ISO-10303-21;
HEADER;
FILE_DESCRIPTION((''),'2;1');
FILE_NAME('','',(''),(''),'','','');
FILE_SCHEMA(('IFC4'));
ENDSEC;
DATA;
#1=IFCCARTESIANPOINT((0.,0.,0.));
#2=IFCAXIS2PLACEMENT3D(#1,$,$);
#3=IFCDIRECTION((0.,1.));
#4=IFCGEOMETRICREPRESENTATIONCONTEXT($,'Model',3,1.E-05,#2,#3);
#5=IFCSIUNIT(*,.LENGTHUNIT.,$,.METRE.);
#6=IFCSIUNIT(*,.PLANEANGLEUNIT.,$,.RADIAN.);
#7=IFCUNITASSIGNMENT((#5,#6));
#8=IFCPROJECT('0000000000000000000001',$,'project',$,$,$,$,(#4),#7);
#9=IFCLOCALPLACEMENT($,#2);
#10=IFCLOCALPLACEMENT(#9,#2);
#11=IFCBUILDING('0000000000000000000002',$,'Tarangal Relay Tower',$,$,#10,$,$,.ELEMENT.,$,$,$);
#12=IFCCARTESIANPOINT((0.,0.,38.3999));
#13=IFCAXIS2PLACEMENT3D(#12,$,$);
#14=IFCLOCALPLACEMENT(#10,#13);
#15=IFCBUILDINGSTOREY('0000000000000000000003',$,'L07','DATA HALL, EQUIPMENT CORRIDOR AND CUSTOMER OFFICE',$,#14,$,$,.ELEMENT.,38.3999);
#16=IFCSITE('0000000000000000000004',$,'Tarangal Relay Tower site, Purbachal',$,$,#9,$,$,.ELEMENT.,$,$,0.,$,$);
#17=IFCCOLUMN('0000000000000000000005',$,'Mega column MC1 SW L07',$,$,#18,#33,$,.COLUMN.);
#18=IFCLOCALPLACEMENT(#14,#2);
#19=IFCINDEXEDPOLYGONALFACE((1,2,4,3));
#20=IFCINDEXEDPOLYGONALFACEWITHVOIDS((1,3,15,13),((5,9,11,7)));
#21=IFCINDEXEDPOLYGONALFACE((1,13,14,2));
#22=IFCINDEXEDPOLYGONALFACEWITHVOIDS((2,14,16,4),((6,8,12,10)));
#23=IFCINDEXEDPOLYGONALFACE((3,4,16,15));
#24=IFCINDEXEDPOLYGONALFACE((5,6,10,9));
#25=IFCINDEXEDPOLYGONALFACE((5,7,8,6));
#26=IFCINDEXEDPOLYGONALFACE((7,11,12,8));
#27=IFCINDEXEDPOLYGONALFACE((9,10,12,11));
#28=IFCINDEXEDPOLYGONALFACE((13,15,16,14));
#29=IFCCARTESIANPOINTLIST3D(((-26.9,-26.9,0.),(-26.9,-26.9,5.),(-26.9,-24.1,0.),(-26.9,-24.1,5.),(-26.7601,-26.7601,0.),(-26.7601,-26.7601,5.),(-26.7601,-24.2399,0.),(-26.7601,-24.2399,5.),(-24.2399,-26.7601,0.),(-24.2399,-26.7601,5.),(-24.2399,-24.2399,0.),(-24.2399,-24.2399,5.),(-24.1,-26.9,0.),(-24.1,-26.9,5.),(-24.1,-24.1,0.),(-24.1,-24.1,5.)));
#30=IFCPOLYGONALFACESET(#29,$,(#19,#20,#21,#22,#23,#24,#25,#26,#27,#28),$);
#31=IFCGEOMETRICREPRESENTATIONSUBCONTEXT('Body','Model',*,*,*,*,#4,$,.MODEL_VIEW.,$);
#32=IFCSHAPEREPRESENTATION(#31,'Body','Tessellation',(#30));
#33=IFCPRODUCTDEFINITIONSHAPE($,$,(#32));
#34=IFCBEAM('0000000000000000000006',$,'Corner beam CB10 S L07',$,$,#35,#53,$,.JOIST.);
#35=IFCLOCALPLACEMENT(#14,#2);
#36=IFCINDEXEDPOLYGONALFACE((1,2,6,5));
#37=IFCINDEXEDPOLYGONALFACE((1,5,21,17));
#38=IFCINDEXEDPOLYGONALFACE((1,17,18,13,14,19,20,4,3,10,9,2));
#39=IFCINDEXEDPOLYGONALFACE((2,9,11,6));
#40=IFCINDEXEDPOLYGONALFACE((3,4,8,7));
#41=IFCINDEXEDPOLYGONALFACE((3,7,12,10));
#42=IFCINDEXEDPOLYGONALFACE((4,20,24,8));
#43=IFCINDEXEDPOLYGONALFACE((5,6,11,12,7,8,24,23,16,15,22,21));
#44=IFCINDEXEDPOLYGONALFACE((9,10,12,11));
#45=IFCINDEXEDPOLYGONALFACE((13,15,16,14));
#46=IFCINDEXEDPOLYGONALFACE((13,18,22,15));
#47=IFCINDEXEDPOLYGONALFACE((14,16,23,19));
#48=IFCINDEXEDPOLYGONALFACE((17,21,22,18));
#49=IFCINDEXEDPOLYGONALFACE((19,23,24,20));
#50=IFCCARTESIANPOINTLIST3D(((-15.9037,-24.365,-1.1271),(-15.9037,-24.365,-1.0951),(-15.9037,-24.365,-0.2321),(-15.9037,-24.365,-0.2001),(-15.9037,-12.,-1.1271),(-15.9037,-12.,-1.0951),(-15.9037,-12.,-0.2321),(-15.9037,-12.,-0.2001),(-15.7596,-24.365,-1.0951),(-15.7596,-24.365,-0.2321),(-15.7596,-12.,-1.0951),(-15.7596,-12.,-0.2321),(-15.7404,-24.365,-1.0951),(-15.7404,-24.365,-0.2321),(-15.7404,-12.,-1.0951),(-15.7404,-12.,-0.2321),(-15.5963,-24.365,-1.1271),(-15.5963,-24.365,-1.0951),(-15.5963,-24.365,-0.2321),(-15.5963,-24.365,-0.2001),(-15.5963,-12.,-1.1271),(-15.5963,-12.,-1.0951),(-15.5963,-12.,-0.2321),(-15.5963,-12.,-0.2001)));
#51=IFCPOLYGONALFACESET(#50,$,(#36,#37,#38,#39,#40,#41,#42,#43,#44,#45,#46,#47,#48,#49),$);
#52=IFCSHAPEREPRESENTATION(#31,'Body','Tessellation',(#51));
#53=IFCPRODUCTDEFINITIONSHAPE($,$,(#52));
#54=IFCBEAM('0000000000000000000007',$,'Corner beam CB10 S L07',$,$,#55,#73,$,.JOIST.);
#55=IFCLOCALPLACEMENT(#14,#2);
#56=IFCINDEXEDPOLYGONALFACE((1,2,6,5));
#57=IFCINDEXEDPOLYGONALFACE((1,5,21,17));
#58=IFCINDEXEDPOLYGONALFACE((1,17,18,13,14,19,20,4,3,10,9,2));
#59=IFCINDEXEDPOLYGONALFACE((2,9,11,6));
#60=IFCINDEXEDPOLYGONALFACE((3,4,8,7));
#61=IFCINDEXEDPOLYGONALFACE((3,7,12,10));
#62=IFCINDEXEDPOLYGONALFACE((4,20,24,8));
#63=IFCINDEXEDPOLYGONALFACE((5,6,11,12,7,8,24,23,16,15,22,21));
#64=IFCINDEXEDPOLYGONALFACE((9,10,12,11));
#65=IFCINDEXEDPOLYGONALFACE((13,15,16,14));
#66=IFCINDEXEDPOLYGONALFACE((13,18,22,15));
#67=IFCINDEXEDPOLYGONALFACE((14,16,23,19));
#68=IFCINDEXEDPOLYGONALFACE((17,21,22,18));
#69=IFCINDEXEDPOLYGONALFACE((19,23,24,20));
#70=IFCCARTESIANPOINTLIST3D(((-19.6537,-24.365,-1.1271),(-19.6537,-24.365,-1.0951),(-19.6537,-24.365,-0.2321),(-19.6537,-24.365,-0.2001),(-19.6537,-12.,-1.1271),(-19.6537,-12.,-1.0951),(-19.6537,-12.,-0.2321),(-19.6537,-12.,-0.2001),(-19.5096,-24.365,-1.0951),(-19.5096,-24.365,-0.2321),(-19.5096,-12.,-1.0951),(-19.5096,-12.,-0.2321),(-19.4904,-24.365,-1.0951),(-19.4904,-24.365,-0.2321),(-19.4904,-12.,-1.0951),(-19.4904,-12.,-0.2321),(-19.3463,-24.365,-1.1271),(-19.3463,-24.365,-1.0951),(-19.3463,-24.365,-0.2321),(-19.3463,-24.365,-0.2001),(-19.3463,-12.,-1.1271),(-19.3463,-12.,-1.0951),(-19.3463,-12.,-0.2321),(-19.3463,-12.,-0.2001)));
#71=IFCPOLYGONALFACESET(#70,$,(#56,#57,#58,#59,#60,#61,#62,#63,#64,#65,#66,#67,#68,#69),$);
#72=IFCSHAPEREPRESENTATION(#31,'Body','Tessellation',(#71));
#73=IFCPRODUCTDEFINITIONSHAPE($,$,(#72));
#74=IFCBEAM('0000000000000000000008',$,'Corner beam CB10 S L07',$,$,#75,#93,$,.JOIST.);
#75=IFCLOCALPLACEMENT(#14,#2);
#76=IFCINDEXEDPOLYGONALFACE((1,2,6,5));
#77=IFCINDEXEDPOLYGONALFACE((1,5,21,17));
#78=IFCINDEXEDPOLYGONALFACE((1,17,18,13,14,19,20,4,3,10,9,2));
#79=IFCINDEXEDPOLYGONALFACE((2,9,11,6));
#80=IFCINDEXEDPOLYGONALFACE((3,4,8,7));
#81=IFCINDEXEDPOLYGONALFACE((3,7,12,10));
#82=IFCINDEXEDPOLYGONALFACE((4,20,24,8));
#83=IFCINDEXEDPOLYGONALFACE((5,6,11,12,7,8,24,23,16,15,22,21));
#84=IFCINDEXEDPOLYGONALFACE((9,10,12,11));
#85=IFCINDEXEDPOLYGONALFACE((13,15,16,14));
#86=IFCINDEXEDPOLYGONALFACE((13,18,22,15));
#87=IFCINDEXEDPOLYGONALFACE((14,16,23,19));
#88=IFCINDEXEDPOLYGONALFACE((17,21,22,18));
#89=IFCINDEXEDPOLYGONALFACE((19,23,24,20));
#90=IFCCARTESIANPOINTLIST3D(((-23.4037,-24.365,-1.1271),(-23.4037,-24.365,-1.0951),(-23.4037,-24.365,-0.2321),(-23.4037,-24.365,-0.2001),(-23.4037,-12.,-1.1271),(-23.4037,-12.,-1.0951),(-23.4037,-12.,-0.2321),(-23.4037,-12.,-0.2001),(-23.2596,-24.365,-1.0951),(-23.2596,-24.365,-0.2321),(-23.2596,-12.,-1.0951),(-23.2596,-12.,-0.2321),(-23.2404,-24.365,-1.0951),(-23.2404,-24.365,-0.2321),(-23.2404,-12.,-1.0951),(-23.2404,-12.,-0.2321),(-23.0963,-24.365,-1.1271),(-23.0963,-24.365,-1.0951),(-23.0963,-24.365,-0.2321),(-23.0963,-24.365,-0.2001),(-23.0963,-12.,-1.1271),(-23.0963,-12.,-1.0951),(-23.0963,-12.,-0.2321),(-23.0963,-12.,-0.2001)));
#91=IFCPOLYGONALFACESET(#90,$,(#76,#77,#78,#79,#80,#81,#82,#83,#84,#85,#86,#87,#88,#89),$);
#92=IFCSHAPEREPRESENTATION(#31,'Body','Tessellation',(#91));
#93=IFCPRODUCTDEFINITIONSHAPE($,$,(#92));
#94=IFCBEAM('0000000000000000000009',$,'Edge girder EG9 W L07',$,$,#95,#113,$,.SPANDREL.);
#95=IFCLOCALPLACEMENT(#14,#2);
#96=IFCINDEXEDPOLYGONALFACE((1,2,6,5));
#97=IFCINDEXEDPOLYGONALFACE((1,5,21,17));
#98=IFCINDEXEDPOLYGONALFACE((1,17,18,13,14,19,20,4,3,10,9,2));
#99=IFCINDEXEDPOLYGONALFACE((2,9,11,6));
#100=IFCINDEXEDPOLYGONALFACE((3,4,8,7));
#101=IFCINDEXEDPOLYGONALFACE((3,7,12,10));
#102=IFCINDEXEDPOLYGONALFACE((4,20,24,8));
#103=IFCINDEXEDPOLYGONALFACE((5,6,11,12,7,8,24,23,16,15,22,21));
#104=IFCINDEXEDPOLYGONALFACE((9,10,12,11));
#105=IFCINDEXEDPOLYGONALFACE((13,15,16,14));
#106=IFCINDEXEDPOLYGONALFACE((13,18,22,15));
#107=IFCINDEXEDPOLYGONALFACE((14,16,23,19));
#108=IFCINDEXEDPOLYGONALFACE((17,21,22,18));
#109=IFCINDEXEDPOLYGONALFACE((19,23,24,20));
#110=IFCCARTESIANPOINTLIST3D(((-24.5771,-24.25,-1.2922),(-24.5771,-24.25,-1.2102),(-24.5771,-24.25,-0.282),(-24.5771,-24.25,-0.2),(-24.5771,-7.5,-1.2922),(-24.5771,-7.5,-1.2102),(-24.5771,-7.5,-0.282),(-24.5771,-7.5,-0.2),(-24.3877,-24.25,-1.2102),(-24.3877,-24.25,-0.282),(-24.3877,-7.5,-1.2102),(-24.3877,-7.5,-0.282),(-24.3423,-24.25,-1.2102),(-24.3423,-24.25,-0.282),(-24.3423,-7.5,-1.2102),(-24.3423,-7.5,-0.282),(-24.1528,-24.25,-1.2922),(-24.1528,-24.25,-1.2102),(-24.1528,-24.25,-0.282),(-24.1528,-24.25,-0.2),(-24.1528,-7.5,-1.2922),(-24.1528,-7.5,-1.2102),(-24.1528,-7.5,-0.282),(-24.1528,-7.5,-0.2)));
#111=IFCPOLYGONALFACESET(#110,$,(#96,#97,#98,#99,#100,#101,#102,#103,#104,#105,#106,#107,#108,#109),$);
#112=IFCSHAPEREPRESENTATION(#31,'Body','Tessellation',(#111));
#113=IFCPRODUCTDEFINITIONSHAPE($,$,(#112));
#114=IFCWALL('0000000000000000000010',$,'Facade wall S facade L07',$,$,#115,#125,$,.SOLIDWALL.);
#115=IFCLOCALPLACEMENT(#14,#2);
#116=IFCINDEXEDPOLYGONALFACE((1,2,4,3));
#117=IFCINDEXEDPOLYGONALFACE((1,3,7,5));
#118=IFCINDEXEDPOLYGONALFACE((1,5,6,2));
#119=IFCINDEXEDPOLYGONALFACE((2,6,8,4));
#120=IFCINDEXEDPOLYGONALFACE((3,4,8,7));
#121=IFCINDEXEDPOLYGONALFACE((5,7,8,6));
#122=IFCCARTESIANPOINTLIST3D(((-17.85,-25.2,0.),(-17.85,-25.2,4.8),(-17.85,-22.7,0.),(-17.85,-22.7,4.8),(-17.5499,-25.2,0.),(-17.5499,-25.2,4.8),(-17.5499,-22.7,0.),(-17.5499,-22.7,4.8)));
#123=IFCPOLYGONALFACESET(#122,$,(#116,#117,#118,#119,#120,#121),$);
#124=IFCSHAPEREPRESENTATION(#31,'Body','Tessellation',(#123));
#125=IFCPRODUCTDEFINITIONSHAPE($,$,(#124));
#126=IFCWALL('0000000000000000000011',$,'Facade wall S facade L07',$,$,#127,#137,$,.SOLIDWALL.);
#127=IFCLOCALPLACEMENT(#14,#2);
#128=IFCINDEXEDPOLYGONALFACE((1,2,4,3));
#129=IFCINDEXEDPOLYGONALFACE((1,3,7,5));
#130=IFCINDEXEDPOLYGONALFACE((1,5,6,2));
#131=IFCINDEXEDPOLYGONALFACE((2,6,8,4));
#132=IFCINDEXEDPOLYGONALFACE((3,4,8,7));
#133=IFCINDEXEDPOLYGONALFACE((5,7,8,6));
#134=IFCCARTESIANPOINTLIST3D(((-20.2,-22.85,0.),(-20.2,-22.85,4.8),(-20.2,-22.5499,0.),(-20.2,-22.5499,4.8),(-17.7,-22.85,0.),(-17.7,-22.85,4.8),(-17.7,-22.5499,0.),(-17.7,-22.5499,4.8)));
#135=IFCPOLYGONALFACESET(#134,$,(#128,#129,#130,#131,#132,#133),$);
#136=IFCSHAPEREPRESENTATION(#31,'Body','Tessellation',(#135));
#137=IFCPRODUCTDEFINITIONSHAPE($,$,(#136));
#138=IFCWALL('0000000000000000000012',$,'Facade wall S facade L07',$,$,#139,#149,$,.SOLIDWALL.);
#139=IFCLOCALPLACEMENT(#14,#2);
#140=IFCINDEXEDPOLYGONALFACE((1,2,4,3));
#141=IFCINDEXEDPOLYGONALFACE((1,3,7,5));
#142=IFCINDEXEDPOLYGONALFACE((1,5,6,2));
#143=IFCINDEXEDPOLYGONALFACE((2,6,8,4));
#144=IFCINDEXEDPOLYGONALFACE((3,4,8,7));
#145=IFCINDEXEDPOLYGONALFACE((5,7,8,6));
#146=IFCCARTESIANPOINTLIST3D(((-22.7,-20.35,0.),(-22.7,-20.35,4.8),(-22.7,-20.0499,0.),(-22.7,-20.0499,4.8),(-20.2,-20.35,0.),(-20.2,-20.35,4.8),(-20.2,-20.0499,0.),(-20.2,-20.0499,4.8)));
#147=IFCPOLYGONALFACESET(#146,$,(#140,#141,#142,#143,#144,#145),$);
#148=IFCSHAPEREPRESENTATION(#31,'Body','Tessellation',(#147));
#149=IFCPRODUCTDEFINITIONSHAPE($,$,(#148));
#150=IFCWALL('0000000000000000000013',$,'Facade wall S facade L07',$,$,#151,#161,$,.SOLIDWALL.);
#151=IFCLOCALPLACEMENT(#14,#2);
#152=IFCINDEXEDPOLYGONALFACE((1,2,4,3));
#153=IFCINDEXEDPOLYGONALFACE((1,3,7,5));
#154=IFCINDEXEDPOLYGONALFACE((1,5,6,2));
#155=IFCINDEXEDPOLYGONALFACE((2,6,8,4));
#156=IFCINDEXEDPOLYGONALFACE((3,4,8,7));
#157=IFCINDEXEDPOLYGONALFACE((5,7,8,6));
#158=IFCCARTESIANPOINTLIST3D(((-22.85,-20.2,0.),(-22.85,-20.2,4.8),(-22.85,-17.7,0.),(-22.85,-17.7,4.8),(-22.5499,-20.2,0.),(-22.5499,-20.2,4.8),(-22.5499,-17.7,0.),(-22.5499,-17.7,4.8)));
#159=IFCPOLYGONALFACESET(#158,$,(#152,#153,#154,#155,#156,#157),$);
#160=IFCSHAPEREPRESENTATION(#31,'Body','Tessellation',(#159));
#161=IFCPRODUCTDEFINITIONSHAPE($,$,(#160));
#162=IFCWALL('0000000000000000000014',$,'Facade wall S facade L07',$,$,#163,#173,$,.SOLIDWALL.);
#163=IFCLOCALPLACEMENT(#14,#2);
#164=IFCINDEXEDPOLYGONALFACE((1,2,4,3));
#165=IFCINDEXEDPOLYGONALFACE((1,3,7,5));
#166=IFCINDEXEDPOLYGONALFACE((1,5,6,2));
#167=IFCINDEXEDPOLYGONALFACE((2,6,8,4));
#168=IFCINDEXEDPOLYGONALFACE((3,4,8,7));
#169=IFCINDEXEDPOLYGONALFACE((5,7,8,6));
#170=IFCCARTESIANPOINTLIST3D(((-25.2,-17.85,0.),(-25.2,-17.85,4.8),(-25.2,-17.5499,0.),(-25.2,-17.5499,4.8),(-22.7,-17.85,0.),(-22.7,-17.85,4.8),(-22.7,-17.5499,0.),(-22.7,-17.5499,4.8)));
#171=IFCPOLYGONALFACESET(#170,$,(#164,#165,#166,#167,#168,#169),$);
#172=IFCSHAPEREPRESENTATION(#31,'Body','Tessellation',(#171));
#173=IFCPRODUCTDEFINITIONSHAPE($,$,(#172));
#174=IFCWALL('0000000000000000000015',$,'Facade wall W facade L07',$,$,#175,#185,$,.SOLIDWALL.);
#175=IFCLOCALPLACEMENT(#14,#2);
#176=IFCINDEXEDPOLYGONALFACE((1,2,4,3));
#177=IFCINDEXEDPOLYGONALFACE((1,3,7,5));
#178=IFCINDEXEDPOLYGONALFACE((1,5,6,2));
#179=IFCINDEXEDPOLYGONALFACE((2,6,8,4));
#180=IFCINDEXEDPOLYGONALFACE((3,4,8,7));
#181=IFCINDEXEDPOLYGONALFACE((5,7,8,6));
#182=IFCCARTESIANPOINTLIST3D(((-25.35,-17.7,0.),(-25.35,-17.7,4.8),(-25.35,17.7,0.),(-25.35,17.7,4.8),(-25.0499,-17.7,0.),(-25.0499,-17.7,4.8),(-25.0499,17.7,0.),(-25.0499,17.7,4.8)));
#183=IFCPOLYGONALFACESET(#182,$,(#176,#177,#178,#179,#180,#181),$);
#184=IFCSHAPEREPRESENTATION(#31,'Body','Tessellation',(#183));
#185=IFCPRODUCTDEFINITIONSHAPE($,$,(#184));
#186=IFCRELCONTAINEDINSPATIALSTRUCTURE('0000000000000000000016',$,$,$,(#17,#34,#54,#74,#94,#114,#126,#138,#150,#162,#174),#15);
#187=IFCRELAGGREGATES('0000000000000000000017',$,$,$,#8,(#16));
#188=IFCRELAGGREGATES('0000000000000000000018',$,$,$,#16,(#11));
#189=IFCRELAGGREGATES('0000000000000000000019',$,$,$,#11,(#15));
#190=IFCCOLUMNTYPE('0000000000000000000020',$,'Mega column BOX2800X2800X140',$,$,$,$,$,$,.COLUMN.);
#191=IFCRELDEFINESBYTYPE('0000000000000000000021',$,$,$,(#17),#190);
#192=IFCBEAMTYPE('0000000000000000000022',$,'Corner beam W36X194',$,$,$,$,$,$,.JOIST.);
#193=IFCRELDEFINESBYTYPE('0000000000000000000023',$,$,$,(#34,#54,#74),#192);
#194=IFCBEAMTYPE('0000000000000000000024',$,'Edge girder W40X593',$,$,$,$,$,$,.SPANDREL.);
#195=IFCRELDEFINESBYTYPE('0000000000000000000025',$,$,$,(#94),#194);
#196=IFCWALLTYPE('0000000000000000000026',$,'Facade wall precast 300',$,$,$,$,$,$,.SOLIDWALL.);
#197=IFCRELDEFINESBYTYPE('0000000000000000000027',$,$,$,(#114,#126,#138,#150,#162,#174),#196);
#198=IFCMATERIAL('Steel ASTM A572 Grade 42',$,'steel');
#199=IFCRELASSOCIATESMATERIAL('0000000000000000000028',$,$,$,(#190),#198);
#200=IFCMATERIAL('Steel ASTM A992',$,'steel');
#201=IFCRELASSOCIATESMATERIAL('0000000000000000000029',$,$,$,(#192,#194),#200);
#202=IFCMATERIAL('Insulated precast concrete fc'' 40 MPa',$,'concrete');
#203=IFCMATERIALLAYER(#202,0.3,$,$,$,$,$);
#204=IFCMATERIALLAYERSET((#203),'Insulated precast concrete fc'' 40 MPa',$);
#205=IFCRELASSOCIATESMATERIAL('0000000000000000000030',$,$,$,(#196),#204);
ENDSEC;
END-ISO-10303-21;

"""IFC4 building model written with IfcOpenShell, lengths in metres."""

from ifc_helpers import new_model, si_unit, direction, frame, frame_2d, origin, origin_2d, place, context, subcontext, project, spatial, rectangle, hollow_rectangle, i_section, extrude, material, layer, layer_set, material_profile, profile_set, type_object, element, save


model = new_model("IFC4")

# Units and contexts
model_context = context("Model", 3, precision=1e-05, world=origin(), true_north=direction((0.0, 1.0)))
body_context = subcontext(model_context, "Body", "Model", "MODEL_VIEW")
ifc_project = project(units=[si_unit("LENGTHUNIT", "METRE"), si_unit("PLANEANGLEUNIT", "RADIAN")], contexts=[model_context])

# Site, building, storey
site_placement = place(None, origin())
site = spatial("IfcSite", under=ifc_project, at=site_placement, Name="Tarangal Relay Tower site, Purbachal", CompositionType="ELEMENT", RefElevation=0.0)
building_placement = place(site_placement, origin())
building = spatial("IfcBuilding", under=site, at=building_placement, Name="Tarangal Relay Tower", CompositionType="ELEMENT")
storey_placement = place(building_placement, frame((0.0, 0.0, 38.3999)))
storey = spatial("IfcBuildingStorey", under=building, at=storey_placement, Name="L07", Description="DATA HALL, EQUIPMENT CORRIDOR AND CUSTOMER OFFICE", CompositionType="ELEMENT", Elevation=38.3999)

# Column
ifc_material_1 = material(Name="Steel ASTM A572 Grade 42", Category="steel")
ifc_material_profile_1 = material_profile(ifc_material_1, hollow_rectangle(XDim=2.8, YDim=2.8, WallThickness=0.1399, at=origin_2d()), Name="BOX2800X2800X140")
ifc_profile_set_1 = profile_set([ifc_material_profile_1], Name="Steel ASTM A572 Grade 42")
column_type = type_object("IfcColumnType", Name="Mega column BOX2800X2800X140", PredefinedType="COLUMN", material=ifc_profile_set_1)
column_placement = place(storey_placement, frame((-25.5, -25.5, 0.0), z_axis=(0.0, 0.0, 1.0), x_axis=(1.0, 0.0, 0.0)))
element("IfcColumn", 1, at=column_placement, inside=storey, type_object=column_type, Name="Mega column MC1 SW L07", PredefinedType="COLUMN", context=body_context, shape_type="SweptSolid", body=[
    extrude(hollow_rectangle(XDim=2.8, YDim=2.8, WallThickness=0.1399, at=origin_2d()), origin(), (0.0, 0.0, 1.0), 5.0),
])

# Beams
ifc_material_2 = material(Name="Steel ASTM A992", Category="steel")
ifc_material_profile_2 = material_profile(ifc_material_2, i_section(OverallWidth=0.3074, OverallDepth=0.927, WebThickness=0.0193, FlangeThickness=0.032, at=origin_2d()), Name="W36X194")
ifc_profile_set_2 = profile_set([ifc_material_profile_2], Name="Steel ASTM A992")
beam_type_1 = type_object("IfcBeamType", Name="Corner beam W36X194", PredefinedType="JOIST", material=ifc_profile_set_2)
for number, where, z_axis, x_axis, name in (
    (2, (-15.75, -12.0, -0.6636), (0.0, -1.0, 0.0), (1.0, 0.0, 0.0), "Corner beam CB10 S L07"),
    (3, (-19.5, -12.0, -0.6636), (0.0, -1.0, 0.0), (1.0, 0.0, 0.0), "Corner beam CB10 S L07"),
    (4, (-23.25, -12.0, -0.6636), (0.0, -1.0, 0.0), (1.0, 0.0, 0.0), "Corner beam CB10 S L07"),
):
    element("IfcBeam", number, at=place(storey_placement, frame(where, z_axis=z_axis, x_axis=x_axis)), inside=storey, type_object=beam_type_1, Name=name, PredefinedType="JOIST", context=body_context, shape_type="SweptSolid", body=[
        extrude(i_section(OverallWidth=0.3074, OverallDepth=0.927, WebThickness=0.0193, FlangeThickness=0.032, at=origin_2d()), origin(), (0.0, 0.0, 1.0), 12.365),
    ])
ifc_material_profile_3 = material_profile(ifc_material_2, i_section(OverallWidth=0.4243, OverallDepth=1.0923, WebThickness=0.0454, FlangeThickness=0.082, at=origin_2d()), Name="W40X593")
ifc_profile_set_3 = profile_set([ifc_material_profile_3], Name="Steel ASTM A992")
beam_type_2 = type_object("IfcBeamType", Name="Edge girder W40X593", PredefinedType="SPANDREL", material=ifc_profile_set_3)
beam_placement = place(storey_placement, frame((-24.365, -24.25, -0.7461), z_axis=(0.0, 1.0, 0.0), x_axis=(-1.0, 0.0, 0.0)))
element("IfcBeam", 5, at=beam_placement, inside=storey, type_object=beam_type_2, Name="Edge girder EG9 W L07", PredefinedType="SPANDREL", context=body_context, shape_type="SweptSolid", body=[
    extrude(i_section(OverallWidth=0.4243, OverallDepth=1.0923, WebThickness=0.0454, FlangeThickness=0.082, at=origin_2d()), origin(), (0.0, 0.0, 1.0), 16.75),
])

# Walls
ifc_material_3 = material(Name="Insulated precast concrete fc' 40 MPa", Category="concrete")
ifc_layer_1 = layer(ifc_material_3, 0.3)
ifc_layer_set_1 = layer_set([ifc_layer_1], Name="Insulated precast concrete fc' 40 MPa")
wall_type_1 = type_object("IfcWallType", Name="Facade wall precast 300", PredefinedType="SOLIDWALL", material=ifc_layer_set_1)
for number, where, z_axis, x_axis, name in (
    (6, (-17.7, -25.2, 0.0), (0.0, 0.0, 1.0), (0.0, 1.0, 0.0), "Facade wall S facade L07"),
    (7, (-17.7, -22.7, 0.0), (0.0, 0.0, 1.0), (-1.0, 0.0, 0.0), "Facade wall S facade L07"),
):
    element("IfcWall", number, at=place(storey_placement, frame(where, z_axis=z_axis, x_axis=x_axis)), inside=storey, type_object=wall_type_1, Name=name, PredefinedType="SOLIDWALL", context=body_context, shape_type="SweptSolid", body=[
        extrude(rectangle(XDim=2.5, YDim=0.3, at=frame_2d((1.25, 0.0))), origin(), (0.0, 0.0, 1.0), 4.8),
    ])

# Walls
for number, where, z_axis, x_axis, name in (
    (8, (-20.2, -20.2, 0.0), (0.0, 0.0, 1.0), (-1.0, 0.0, 0.0), "Facade wall S facade L07"),
    (9, (-22.7, -20.2, 0.0), (0.0, 0.0, 1.0), (0.0, 1.0, 0.0), "Facade wall S facade L07"),
    (10, (-22.7, -17.7, 0.0), (0.0, 0.0, 1.0), (-1.0, 0.0, 0.0), "Facade wall S facade L07"),
):
    element("IfcWall", number, at=place(storey_placement, frame(where, z_axis=z_axis, x_axis=x_axis)), inside=storey, type_object=wall_type_1, Name=name, PredefinedType="SOLIDWALL", context=body_context, shape_type="SweptSolid", body=[
        extrude(rectangle(XDim=2.5, YDim=0.3, at=frame_2d((1.25, 0.0))), origin(), (0.0, 0.0, 1.0), 4.8),
    ])
wall_1_placement = place(storey_placement, frame((-25.2, -17.7, 0.0), z_axis=(0.0, 0.0, 1.0), x_axis=(0.0, 1.0, 0.0)))
element("IfcWall", 11, at=wall_1_placement, inside=storey, type_object=wall_type_1, Name="Facade wall W facade L07", PredefinedType="SOLIDWALL", context=body_context, shape_type="SweptSolid", body=[
    extrude(rectangle(XDim=35.3999, YDim=0.3, at=frame_2d((17.7, 0.0))), origin(), (0.0, 0.0, 1.0), 4.8),
])

save(model, "model.ifc")
